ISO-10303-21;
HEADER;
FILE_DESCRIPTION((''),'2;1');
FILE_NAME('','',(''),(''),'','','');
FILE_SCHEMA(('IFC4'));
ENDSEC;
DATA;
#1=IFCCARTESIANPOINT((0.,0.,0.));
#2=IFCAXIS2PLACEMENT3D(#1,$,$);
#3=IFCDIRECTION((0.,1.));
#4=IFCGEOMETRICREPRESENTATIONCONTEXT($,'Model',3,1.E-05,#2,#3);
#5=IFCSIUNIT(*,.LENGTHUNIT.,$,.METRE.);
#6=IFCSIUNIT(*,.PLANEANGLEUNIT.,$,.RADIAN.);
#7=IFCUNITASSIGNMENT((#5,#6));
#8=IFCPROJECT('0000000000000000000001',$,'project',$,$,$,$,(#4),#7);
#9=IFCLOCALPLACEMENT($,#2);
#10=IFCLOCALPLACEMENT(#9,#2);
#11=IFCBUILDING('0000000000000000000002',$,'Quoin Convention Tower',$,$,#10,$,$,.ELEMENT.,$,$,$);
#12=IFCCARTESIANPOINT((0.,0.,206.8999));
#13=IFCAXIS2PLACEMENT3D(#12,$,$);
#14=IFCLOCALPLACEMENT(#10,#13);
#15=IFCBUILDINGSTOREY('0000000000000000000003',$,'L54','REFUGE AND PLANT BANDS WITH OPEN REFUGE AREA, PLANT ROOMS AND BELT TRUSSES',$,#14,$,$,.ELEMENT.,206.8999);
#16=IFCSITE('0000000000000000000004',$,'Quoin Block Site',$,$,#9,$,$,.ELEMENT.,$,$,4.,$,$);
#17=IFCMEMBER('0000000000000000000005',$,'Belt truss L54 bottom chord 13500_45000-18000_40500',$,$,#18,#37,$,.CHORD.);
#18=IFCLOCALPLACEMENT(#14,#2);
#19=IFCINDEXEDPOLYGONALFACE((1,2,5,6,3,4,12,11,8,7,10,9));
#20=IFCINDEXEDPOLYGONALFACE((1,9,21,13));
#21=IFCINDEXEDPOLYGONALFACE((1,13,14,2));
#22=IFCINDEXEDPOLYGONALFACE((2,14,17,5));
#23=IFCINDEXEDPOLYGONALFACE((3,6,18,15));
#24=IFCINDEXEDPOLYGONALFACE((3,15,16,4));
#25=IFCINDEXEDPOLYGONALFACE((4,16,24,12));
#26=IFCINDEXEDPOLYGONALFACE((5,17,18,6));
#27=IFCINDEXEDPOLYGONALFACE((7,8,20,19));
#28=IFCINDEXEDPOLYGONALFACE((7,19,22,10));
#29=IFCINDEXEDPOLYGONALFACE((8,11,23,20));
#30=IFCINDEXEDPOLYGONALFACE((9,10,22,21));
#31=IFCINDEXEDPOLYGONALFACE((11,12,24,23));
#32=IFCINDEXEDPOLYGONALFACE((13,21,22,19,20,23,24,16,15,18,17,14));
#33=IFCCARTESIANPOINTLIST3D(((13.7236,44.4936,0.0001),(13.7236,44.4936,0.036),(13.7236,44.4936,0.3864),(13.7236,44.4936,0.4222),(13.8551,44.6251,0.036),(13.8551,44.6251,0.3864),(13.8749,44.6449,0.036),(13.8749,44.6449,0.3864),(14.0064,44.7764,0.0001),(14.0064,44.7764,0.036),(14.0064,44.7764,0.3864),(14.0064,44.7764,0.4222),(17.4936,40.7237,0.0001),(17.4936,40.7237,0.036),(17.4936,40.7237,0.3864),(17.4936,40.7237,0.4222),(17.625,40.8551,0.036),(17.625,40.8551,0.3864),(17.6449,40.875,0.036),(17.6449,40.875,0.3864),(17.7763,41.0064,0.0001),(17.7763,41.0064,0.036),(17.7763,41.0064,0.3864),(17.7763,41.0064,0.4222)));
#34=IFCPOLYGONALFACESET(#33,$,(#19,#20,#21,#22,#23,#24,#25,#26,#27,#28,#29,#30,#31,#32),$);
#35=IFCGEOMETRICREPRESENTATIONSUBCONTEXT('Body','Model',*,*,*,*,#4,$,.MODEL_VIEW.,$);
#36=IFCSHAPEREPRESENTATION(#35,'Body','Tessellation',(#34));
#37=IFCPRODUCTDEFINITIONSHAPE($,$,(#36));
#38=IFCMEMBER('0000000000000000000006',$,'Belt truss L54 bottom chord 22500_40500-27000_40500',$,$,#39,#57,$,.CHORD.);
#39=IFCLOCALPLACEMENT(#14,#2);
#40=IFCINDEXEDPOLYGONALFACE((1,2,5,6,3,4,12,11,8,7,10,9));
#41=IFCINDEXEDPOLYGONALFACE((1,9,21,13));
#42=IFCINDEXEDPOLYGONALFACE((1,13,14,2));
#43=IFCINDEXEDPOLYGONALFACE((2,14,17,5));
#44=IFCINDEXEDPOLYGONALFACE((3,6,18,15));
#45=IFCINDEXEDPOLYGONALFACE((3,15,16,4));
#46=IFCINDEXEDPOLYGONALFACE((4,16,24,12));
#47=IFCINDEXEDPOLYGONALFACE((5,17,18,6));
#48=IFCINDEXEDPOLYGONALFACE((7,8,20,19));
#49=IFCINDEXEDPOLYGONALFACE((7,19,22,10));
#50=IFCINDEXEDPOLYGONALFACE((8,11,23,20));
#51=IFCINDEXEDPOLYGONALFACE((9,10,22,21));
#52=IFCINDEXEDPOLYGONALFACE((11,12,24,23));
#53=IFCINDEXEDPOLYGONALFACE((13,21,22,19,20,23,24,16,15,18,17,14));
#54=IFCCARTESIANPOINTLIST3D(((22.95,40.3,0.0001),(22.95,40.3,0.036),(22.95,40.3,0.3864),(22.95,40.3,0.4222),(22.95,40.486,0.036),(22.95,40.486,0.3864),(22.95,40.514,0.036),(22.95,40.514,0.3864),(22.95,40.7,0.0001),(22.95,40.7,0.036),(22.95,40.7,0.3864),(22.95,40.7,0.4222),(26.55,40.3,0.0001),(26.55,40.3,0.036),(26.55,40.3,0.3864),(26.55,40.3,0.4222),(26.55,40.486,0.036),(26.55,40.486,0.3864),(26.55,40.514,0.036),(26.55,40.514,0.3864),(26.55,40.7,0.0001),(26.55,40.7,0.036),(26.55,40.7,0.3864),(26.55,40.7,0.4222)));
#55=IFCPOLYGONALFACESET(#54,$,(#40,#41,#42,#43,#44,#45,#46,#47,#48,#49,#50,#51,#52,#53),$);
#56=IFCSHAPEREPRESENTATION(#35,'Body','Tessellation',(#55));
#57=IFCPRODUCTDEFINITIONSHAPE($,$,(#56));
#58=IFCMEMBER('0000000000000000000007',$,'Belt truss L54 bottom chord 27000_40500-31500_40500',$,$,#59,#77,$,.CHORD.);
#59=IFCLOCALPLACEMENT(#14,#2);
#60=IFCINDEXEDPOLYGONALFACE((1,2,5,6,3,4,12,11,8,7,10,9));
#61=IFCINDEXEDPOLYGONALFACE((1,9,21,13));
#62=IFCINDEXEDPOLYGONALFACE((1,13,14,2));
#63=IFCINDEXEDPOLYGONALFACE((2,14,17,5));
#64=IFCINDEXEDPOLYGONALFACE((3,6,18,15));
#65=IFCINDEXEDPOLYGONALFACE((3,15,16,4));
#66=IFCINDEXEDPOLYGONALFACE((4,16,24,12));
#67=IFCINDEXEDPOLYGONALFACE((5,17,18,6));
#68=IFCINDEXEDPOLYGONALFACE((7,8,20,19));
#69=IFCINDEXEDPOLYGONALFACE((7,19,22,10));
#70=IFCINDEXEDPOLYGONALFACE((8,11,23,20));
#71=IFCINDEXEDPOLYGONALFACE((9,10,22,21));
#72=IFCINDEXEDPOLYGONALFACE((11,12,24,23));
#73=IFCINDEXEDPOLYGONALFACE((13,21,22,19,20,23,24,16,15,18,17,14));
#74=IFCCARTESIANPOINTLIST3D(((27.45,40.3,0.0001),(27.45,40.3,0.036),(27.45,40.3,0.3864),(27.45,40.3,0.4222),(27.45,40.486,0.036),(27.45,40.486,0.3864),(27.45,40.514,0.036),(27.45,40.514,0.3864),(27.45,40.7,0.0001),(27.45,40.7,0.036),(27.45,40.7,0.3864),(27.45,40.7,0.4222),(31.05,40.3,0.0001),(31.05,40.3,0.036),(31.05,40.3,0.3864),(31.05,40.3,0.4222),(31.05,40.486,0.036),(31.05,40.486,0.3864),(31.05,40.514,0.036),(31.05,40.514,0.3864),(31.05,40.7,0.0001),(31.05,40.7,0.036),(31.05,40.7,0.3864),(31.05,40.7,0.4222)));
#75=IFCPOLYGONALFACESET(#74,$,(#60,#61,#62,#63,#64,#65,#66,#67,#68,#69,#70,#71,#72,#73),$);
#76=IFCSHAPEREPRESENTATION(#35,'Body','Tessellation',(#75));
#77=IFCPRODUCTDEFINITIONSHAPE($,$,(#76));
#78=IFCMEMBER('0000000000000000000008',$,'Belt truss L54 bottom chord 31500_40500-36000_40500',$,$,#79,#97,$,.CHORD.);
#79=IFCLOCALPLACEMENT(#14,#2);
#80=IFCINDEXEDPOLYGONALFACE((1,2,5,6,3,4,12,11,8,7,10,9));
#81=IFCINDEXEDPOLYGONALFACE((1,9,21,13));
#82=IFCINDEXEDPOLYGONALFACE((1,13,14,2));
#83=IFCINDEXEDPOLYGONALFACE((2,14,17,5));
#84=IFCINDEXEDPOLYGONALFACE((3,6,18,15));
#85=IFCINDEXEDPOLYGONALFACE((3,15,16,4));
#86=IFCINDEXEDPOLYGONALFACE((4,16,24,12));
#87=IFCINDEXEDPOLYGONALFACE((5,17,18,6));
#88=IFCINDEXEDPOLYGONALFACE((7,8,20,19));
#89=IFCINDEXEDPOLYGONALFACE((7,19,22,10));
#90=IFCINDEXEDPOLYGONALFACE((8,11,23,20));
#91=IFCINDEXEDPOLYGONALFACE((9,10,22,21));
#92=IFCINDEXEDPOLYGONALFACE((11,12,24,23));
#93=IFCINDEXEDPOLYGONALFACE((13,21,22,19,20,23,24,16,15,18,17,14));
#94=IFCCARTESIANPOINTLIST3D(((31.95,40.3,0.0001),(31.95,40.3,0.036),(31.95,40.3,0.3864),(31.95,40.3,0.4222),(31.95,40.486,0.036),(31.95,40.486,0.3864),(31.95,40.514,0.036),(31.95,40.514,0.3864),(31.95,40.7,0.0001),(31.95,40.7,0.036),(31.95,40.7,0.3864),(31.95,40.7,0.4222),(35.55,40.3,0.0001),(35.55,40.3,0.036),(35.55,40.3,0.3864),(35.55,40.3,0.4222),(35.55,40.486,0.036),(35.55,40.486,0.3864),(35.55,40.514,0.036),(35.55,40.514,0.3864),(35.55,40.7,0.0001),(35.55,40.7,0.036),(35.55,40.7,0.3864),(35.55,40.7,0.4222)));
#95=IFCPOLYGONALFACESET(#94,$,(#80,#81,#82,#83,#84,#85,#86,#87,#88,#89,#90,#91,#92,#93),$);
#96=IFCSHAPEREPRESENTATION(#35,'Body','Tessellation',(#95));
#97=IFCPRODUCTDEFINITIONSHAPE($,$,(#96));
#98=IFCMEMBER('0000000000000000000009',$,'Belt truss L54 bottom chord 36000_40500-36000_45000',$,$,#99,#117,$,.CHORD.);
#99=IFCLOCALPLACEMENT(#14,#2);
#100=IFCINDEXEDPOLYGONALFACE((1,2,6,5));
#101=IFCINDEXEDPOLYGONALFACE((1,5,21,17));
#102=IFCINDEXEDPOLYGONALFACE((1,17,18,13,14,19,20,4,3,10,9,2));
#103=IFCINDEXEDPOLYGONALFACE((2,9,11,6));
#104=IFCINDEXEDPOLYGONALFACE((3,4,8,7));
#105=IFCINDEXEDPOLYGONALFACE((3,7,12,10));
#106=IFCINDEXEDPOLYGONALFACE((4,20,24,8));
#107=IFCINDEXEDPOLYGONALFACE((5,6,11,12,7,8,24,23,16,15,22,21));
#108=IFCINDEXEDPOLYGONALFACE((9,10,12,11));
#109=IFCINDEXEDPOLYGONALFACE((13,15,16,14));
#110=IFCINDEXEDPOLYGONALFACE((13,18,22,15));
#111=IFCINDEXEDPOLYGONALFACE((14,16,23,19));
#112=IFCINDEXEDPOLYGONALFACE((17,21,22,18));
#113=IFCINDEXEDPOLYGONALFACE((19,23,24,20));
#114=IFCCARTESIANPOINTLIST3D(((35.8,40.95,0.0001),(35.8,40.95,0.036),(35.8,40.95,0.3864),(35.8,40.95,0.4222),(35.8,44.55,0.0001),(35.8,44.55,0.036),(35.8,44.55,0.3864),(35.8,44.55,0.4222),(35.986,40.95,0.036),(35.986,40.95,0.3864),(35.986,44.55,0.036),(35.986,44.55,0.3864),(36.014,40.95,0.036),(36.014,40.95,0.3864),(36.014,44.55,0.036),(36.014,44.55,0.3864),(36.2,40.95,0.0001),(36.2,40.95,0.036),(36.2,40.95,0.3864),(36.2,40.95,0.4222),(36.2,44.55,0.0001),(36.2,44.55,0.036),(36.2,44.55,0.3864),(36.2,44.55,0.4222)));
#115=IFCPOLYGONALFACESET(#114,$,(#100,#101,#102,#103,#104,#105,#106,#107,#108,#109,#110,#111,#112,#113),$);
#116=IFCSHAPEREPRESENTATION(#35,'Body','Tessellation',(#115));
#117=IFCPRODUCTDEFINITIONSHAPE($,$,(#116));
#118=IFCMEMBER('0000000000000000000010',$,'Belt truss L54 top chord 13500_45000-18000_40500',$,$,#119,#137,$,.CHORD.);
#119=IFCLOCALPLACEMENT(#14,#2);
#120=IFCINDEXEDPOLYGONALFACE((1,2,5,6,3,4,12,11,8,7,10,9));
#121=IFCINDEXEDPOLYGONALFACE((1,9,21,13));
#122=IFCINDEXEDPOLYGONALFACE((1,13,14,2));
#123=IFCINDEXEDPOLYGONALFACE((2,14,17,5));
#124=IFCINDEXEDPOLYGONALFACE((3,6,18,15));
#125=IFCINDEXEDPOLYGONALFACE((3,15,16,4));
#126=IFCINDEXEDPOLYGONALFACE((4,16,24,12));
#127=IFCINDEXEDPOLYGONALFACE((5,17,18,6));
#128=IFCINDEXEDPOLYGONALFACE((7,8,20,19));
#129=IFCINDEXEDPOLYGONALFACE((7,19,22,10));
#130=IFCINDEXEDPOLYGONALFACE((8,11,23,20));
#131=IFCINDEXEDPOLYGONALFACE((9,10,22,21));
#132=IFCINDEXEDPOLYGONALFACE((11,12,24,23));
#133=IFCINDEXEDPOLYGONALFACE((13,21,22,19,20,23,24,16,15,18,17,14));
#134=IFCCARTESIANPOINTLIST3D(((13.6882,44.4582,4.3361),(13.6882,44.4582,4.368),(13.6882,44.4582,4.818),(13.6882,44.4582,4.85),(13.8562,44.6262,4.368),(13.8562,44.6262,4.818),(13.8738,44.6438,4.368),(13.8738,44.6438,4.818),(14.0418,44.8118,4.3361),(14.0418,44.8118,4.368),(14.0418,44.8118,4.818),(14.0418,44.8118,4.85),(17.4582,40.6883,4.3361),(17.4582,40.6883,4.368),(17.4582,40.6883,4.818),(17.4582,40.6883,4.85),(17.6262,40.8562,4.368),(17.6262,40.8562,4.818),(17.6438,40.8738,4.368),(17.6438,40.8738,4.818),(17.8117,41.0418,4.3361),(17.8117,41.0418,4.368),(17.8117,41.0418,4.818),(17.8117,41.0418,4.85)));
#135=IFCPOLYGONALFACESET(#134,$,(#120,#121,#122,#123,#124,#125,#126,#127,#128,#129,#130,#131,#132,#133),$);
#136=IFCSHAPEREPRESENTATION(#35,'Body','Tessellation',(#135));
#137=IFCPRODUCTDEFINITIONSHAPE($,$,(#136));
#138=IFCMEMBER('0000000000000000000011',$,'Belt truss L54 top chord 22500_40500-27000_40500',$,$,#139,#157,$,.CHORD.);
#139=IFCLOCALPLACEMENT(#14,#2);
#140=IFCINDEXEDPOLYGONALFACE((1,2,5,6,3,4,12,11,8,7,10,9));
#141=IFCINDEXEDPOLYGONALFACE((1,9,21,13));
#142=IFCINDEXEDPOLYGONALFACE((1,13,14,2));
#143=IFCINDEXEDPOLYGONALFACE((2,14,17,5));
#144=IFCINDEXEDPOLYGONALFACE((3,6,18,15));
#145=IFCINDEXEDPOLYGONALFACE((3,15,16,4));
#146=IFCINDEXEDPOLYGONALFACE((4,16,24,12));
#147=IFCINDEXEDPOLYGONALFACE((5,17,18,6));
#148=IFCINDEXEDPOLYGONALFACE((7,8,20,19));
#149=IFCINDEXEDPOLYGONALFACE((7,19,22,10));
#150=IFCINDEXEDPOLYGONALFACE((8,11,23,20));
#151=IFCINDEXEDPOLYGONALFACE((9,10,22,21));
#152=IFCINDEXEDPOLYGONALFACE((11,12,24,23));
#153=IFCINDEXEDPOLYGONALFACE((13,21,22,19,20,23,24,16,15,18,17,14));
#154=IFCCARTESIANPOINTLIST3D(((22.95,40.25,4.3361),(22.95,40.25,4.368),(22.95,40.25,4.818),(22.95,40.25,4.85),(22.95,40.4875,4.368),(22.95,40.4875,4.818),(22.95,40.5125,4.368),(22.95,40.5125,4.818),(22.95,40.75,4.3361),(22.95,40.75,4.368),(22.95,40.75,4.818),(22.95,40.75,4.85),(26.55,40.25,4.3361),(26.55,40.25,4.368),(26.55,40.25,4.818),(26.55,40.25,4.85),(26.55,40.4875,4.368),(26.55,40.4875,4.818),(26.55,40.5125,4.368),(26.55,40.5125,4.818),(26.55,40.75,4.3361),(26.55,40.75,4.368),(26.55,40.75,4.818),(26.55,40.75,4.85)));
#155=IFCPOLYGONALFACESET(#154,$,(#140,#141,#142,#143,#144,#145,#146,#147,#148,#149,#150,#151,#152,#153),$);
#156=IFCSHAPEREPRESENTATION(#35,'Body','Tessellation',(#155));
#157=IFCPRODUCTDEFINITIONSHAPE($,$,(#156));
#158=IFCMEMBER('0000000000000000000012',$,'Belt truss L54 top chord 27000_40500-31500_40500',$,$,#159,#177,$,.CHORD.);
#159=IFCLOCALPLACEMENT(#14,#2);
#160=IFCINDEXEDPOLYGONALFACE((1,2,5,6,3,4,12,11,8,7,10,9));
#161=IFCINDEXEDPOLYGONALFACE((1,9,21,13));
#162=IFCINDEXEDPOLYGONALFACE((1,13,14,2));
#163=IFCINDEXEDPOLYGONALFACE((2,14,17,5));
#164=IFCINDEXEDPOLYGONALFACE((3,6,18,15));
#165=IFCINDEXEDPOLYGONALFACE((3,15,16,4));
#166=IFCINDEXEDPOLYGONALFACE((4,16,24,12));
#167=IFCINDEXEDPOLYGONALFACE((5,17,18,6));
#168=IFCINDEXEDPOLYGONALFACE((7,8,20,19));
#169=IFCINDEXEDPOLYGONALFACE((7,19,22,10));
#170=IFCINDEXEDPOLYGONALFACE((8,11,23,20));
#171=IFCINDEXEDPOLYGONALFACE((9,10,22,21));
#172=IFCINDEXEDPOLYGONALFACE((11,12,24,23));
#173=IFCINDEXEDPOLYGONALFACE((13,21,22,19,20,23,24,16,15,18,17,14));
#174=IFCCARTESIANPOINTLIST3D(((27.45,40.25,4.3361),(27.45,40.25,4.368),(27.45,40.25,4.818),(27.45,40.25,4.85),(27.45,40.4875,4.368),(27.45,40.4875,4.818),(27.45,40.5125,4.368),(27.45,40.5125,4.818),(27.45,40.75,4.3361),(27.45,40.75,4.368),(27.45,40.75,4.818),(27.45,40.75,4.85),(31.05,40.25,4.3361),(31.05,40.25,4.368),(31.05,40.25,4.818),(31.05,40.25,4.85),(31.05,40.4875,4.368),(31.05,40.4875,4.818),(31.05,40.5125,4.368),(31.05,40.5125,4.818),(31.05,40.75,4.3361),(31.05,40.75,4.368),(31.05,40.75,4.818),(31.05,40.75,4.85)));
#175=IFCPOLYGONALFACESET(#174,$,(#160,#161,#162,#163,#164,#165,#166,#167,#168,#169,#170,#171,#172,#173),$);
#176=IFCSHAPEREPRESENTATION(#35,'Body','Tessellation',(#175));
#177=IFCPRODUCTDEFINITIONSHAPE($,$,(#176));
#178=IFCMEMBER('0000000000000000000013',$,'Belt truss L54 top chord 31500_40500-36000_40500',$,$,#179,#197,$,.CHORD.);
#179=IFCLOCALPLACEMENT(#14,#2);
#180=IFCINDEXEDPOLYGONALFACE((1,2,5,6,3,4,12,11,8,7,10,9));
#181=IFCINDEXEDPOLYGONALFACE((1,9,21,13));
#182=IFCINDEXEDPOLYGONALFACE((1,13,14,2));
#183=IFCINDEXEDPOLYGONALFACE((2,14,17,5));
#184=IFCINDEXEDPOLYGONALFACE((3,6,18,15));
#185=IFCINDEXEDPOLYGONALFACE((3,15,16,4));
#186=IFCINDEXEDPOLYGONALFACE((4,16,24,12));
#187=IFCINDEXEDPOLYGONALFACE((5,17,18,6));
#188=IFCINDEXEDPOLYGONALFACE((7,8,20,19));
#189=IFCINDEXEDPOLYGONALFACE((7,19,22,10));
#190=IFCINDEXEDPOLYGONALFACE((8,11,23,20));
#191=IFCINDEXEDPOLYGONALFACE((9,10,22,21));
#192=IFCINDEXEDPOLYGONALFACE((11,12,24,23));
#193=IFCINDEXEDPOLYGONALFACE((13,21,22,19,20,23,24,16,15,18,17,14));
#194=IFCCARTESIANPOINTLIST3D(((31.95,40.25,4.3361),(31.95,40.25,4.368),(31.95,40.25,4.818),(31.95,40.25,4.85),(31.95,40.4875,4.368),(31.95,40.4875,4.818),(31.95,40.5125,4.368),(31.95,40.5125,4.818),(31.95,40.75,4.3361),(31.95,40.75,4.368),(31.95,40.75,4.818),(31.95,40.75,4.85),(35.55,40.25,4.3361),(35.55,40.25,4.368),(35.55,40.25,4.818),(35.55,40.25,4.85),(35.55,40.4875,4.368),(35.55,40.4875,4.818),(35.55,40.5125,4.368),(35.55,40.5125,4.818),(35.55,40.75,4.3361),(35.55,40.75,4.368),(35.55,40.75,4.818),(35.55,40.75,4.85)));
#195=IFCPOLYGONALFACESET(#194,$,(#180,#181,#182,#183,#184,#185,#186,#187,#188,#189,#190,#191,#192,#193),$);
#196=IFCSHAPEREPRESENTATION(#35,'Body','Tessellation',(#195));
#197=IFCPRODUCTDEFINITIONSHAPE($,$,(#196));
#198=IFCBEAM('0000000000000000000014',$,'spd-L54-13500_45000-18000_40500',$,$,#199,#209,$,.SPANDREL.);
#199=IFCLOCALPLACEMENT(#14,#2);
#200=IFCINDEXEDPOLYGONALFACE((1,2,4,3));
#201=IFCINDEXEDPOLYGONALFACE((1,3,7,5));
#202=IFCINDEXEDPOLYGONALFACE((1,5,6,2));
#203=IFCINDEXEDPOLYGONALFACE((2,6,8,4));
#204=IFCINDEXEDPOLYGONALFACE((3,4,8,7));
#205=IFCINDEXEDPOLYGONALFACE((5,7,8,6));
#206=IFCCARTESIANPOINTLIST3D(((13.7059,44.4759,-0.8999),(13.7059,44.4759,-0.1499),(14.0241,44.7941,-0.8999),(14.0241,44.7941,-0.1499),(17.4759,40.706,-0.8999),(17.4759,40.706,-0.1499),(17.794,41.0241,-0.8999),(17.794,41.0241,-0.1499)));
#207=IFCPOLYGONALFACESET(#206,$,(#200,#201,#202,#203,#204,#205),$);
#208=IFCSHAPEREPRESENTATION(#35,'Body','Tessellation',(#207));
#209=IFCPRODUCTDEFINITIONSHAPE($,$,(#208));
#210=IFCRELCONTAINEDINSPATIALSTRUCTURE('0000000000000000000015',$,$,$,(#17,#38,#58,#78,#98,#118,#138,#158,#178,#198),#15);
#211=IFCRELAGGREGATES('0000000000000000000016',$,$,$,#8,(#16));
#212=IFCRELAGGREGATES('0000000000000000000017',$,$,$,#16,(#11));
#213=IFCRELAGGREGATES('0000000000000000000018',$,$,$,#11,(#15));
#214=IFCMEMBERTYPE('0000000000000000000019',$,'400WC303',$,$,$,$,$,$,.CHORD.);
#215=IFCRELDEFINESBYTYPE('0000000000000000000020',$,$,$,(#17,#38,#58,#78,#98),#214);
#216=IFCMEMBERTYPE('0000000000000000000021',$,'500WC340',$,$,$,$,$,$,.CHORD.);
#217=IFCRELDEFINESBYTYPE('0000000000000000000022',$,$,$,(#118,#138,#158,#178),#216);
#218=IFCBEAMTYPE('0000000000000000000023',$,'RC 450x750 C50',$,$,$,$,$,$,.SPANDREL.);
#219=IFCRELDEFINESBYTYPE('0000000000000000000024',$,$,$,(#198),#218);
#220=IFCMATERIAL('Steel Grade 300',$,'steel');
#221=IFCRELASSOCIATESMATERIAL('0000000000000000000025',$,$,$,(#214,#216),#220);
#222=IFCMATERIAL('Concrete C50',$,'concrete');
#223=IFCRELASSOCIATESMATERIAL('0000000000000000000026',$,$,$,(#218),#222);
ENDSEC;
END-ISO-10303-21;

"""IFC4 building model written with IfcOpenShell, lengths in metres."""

from ifc_helpers import new_model, si_unit, direction, frame, origin, origin_2d, place, context, subcontext, project, spatial, rectangle, i_section, extrude, material, material_profile, profile_set, type_object, element, save


model = new_model("IFC4")

# Units and contexts
model_context = context("Model", 3, precision=1e-05, world=origin(), true_north=direction((0.0, 1.0)))
body_context = subcontext(model_context, "Body", "Model", "MODEL_VIEW")
ifc_project = project(units=[si_unit("LENGTHUNIT", "METRE"), si_unit("PLANEANGLEUNIT", "RADIAN")], contexts=[model_context])

# Site, building, storey
site_placement = place(None, origin())
site = spatial("IfcSite", under=ifc_project, at=site_placement, Name="Quoin Block Site", CompositionType="ELEMENT", RefElevation=4.0)
building_placement = place(site_placement, origin())
building = spatial("IfcBuilding", under=site, at=building_placement, Name="Quoin Convention Tower", CompositionType="ELEMENT")
storey_placement = place(building_placement, frame((0.0, 0.0, 206.8999)))
storey = spatial("IfcBuildingStorey", under=building, at=storey_placement, Name="L54", Description="REFUGE AND PLANT BANDS WITH OPEN REFUGE AREA, PLANT ROOMS AND BELT TRUSSES", CompositionType="ELEMENT", Elevation=206.8999)

# Shared definitions
ifc_material_1 = material(Name="Concrete C50", Category="concrete")

# Shared definitions
ifc_material_2 = material(Name="Steel Grade 300", Category="steel")

# Members
ifc_material_profile_1 = material_profile(ifc_material_2, i_section(OverallWidth=0.3999, OverallDepth=0.4221, WebThickness=0.0281, FlangeThickness=0.0359, at=origin_2d()), Name="400WC303")
ifc_profile_set_1 = profile_set([ifc_material_profile_1], Name="Steel Grade 300")
member_type_1 = type_object("IfcMemberType", Name="400WC303", PredefinedType="CHORD", material=ifc_profile_set_1)
member_1_placement = place(storey_placement, frame((13.865, 44.635, 0.2112), z_axis=(0.707107, -0.707107, 0.0), x_axis=(0.707107, 0.707107, 0.0)))
element("IfcMember", 1, at=member_1_placement, inside=storey, type_object=member_type_1, Name="Belt truss L54 bottom chord 13500_45000-18000_40500", PredefinedType="CHORD", context=body_context, shape_type="SweptSolid", body=[
    extrude(i_section(OverallWidth=0.3999, OverallDepth=0.4221, WebThickness=0.0281, FlangeThickness=0.0359, at=origin_2d()), origin(), (0.0, 0.0, 1.0), 5.3315),
])
for number, where, z_axis, x_axis, name in (
    (2, (22.95, 40.5, 0.2112), (1.0, 0.0, 0.0), (0.0, 1.0, 0.0), "Belt truss L54 bottom chord 22500_40500-27000_40500"),
    (3, (27.45, 40.5, 0.2112), (1.0, 0.0, 0.0), (0.0, 1.0, 0.0), "Belt truss L54 bottom chord 27000_40500-31500_40500"),
    (4, (31.95, 40.5, 0.2112), (1.0, 0.0, 0.0), (0.0, 1.0, 0.0), "Belt truss L54 bottom chord 31500_40500-36000_40500"),
    (5, (36.0, 40.95, 0.2112), (0.0, 1.0, 0.0), (-1.0, 0.0, 0.0), "Belt truss L54 bottom chord 36000_40500-36000_45000"),
):
    element("IfcMember", number, at=place(storey_placement, frame(where, z_axis=z_axis, x_axis=x_axis)), inside=storey, type_object=member_type_1, Name=name, PredefinedType="CHORD", context=body_context, shape_type="SweptSolid", body=[
        extrude(i_section(OverallWidth=0.3999, OverallDepth=0.4221, WebThickness=0.0281, FlangeThickness=0.0359, at=origin_2d()), origin(), (0.0, 0.0, 1.0), 3.6001),
    ])
ifc_material_profile_2 = material_profile(ifc_material_2, i_section(OverallWidth=0.5, OverallDepth=0.5139, WebThickness=0.0249, FlangeThickness=0.032, at=origin_2d()), Name="500WC340")
ifc_profile_set_2 = profile_set([ifc_material_profile_2], Name="Steel Grade 300")
member_type_2 = type_object("IfcMemberType", Name="500WC340", PredefinedType="CHORD", material=ifc_profile_set_2)
member_2_placement = place(storey_placement, frame((13.865, 44.635, 4.593), z_axis=(0.707107, -0.707107, 0.0), x_axis=(0.707107, 0.707107, 0.0)))
element("IfcMember", 6, at=member_2_placement, inside=storey, type_object=member_type_2, Name="Belt truss L54 top chord 13500_45000-18000_40500", PredefinedType="CHORD", context=body_context, shape_type="SweptSolid", body=[
    extrude(i_section(OverallWidth=0.5, OverallDepth=0.5139, WebThickness=0.0249, FlangeThickness=0.032, at=origin_2d()), origin(), (0.0, 0.0, 1.0), 5.3315),
])
for number, where, z_axis, x_axis, name in (
    (7, (22.95, 40.5, 4.593), (1.0, 0.0, 0.0), (0.0, 1.0, 0.0), "Belt truss L54 top chord 22500_40500-27000_40500"),
    (8, (27.45, 40.5, 4.593), (1.0, 0.0, 0.0), (0.0, 1.0, 0.0), "Belt truss L54 top chord 27000_40500-31500_40500"),
    (9, (31.95, 40.5, 4.593), (1.0, 0.0, 0.0), (0.0, 1.0, 0.0), "Belt truss L54 top chord 31500_40500-36000_40500"),
):
    element("IfcMember", number, at=place(storey_placement, frame(where, z_axis=z_axis, x_axis=x_axis)), inside=storey, type_object=member_type_2, Name=name, PredefinedType="CHORD", context=body_context, shape_type="SweptSolid", body=[
        extrude(i_section(OverallWidth=0.5, OverallDepth=0.5139, WebThickness=0.0249, FlangeThickness=0.032, at=origin_2d()), origin(), (0.0, 0.0, 1.0), 3.6001),
    ])

# Beam
ifc_material_profile_3 = material_profile(ifc_material_1, rectangle(XDim=0.45, YDim=0.75, at=origin_2d()), Name="RC 450x750")
ifc_profile_set_3 = profile_set([ifc_material_profile_3], Name="Concrete C50")
beam_type_1 = type_object("IfcBeamType", Name="RC 450x750 C50", PredefinedType="SPANDREL", material=ifc_profile_set_3)
beam_1_placement = place(storey_placement, frame((13.865, 44.635, -0.5249), z_axis=(0.707107, -0.707107, 0.0), x_axis=(0.707107, 0.707107, 0.0)))
element("IfcBeam", 10, at=beam_1_placement, inside=storey, type_object=beam_type_1, Name="spd-L54-13500_45000-18000_40500", PredefinedType="SPANDREL", context=body_context, shape_type="SweptSolid", body=[
    extrude(rectangle(XDim=0.45, YDim=0.75, at=origin_2d()), origin(), (0.0, 0.0, 1.0), 5.3315),
])

save(model, "model.ifc")
